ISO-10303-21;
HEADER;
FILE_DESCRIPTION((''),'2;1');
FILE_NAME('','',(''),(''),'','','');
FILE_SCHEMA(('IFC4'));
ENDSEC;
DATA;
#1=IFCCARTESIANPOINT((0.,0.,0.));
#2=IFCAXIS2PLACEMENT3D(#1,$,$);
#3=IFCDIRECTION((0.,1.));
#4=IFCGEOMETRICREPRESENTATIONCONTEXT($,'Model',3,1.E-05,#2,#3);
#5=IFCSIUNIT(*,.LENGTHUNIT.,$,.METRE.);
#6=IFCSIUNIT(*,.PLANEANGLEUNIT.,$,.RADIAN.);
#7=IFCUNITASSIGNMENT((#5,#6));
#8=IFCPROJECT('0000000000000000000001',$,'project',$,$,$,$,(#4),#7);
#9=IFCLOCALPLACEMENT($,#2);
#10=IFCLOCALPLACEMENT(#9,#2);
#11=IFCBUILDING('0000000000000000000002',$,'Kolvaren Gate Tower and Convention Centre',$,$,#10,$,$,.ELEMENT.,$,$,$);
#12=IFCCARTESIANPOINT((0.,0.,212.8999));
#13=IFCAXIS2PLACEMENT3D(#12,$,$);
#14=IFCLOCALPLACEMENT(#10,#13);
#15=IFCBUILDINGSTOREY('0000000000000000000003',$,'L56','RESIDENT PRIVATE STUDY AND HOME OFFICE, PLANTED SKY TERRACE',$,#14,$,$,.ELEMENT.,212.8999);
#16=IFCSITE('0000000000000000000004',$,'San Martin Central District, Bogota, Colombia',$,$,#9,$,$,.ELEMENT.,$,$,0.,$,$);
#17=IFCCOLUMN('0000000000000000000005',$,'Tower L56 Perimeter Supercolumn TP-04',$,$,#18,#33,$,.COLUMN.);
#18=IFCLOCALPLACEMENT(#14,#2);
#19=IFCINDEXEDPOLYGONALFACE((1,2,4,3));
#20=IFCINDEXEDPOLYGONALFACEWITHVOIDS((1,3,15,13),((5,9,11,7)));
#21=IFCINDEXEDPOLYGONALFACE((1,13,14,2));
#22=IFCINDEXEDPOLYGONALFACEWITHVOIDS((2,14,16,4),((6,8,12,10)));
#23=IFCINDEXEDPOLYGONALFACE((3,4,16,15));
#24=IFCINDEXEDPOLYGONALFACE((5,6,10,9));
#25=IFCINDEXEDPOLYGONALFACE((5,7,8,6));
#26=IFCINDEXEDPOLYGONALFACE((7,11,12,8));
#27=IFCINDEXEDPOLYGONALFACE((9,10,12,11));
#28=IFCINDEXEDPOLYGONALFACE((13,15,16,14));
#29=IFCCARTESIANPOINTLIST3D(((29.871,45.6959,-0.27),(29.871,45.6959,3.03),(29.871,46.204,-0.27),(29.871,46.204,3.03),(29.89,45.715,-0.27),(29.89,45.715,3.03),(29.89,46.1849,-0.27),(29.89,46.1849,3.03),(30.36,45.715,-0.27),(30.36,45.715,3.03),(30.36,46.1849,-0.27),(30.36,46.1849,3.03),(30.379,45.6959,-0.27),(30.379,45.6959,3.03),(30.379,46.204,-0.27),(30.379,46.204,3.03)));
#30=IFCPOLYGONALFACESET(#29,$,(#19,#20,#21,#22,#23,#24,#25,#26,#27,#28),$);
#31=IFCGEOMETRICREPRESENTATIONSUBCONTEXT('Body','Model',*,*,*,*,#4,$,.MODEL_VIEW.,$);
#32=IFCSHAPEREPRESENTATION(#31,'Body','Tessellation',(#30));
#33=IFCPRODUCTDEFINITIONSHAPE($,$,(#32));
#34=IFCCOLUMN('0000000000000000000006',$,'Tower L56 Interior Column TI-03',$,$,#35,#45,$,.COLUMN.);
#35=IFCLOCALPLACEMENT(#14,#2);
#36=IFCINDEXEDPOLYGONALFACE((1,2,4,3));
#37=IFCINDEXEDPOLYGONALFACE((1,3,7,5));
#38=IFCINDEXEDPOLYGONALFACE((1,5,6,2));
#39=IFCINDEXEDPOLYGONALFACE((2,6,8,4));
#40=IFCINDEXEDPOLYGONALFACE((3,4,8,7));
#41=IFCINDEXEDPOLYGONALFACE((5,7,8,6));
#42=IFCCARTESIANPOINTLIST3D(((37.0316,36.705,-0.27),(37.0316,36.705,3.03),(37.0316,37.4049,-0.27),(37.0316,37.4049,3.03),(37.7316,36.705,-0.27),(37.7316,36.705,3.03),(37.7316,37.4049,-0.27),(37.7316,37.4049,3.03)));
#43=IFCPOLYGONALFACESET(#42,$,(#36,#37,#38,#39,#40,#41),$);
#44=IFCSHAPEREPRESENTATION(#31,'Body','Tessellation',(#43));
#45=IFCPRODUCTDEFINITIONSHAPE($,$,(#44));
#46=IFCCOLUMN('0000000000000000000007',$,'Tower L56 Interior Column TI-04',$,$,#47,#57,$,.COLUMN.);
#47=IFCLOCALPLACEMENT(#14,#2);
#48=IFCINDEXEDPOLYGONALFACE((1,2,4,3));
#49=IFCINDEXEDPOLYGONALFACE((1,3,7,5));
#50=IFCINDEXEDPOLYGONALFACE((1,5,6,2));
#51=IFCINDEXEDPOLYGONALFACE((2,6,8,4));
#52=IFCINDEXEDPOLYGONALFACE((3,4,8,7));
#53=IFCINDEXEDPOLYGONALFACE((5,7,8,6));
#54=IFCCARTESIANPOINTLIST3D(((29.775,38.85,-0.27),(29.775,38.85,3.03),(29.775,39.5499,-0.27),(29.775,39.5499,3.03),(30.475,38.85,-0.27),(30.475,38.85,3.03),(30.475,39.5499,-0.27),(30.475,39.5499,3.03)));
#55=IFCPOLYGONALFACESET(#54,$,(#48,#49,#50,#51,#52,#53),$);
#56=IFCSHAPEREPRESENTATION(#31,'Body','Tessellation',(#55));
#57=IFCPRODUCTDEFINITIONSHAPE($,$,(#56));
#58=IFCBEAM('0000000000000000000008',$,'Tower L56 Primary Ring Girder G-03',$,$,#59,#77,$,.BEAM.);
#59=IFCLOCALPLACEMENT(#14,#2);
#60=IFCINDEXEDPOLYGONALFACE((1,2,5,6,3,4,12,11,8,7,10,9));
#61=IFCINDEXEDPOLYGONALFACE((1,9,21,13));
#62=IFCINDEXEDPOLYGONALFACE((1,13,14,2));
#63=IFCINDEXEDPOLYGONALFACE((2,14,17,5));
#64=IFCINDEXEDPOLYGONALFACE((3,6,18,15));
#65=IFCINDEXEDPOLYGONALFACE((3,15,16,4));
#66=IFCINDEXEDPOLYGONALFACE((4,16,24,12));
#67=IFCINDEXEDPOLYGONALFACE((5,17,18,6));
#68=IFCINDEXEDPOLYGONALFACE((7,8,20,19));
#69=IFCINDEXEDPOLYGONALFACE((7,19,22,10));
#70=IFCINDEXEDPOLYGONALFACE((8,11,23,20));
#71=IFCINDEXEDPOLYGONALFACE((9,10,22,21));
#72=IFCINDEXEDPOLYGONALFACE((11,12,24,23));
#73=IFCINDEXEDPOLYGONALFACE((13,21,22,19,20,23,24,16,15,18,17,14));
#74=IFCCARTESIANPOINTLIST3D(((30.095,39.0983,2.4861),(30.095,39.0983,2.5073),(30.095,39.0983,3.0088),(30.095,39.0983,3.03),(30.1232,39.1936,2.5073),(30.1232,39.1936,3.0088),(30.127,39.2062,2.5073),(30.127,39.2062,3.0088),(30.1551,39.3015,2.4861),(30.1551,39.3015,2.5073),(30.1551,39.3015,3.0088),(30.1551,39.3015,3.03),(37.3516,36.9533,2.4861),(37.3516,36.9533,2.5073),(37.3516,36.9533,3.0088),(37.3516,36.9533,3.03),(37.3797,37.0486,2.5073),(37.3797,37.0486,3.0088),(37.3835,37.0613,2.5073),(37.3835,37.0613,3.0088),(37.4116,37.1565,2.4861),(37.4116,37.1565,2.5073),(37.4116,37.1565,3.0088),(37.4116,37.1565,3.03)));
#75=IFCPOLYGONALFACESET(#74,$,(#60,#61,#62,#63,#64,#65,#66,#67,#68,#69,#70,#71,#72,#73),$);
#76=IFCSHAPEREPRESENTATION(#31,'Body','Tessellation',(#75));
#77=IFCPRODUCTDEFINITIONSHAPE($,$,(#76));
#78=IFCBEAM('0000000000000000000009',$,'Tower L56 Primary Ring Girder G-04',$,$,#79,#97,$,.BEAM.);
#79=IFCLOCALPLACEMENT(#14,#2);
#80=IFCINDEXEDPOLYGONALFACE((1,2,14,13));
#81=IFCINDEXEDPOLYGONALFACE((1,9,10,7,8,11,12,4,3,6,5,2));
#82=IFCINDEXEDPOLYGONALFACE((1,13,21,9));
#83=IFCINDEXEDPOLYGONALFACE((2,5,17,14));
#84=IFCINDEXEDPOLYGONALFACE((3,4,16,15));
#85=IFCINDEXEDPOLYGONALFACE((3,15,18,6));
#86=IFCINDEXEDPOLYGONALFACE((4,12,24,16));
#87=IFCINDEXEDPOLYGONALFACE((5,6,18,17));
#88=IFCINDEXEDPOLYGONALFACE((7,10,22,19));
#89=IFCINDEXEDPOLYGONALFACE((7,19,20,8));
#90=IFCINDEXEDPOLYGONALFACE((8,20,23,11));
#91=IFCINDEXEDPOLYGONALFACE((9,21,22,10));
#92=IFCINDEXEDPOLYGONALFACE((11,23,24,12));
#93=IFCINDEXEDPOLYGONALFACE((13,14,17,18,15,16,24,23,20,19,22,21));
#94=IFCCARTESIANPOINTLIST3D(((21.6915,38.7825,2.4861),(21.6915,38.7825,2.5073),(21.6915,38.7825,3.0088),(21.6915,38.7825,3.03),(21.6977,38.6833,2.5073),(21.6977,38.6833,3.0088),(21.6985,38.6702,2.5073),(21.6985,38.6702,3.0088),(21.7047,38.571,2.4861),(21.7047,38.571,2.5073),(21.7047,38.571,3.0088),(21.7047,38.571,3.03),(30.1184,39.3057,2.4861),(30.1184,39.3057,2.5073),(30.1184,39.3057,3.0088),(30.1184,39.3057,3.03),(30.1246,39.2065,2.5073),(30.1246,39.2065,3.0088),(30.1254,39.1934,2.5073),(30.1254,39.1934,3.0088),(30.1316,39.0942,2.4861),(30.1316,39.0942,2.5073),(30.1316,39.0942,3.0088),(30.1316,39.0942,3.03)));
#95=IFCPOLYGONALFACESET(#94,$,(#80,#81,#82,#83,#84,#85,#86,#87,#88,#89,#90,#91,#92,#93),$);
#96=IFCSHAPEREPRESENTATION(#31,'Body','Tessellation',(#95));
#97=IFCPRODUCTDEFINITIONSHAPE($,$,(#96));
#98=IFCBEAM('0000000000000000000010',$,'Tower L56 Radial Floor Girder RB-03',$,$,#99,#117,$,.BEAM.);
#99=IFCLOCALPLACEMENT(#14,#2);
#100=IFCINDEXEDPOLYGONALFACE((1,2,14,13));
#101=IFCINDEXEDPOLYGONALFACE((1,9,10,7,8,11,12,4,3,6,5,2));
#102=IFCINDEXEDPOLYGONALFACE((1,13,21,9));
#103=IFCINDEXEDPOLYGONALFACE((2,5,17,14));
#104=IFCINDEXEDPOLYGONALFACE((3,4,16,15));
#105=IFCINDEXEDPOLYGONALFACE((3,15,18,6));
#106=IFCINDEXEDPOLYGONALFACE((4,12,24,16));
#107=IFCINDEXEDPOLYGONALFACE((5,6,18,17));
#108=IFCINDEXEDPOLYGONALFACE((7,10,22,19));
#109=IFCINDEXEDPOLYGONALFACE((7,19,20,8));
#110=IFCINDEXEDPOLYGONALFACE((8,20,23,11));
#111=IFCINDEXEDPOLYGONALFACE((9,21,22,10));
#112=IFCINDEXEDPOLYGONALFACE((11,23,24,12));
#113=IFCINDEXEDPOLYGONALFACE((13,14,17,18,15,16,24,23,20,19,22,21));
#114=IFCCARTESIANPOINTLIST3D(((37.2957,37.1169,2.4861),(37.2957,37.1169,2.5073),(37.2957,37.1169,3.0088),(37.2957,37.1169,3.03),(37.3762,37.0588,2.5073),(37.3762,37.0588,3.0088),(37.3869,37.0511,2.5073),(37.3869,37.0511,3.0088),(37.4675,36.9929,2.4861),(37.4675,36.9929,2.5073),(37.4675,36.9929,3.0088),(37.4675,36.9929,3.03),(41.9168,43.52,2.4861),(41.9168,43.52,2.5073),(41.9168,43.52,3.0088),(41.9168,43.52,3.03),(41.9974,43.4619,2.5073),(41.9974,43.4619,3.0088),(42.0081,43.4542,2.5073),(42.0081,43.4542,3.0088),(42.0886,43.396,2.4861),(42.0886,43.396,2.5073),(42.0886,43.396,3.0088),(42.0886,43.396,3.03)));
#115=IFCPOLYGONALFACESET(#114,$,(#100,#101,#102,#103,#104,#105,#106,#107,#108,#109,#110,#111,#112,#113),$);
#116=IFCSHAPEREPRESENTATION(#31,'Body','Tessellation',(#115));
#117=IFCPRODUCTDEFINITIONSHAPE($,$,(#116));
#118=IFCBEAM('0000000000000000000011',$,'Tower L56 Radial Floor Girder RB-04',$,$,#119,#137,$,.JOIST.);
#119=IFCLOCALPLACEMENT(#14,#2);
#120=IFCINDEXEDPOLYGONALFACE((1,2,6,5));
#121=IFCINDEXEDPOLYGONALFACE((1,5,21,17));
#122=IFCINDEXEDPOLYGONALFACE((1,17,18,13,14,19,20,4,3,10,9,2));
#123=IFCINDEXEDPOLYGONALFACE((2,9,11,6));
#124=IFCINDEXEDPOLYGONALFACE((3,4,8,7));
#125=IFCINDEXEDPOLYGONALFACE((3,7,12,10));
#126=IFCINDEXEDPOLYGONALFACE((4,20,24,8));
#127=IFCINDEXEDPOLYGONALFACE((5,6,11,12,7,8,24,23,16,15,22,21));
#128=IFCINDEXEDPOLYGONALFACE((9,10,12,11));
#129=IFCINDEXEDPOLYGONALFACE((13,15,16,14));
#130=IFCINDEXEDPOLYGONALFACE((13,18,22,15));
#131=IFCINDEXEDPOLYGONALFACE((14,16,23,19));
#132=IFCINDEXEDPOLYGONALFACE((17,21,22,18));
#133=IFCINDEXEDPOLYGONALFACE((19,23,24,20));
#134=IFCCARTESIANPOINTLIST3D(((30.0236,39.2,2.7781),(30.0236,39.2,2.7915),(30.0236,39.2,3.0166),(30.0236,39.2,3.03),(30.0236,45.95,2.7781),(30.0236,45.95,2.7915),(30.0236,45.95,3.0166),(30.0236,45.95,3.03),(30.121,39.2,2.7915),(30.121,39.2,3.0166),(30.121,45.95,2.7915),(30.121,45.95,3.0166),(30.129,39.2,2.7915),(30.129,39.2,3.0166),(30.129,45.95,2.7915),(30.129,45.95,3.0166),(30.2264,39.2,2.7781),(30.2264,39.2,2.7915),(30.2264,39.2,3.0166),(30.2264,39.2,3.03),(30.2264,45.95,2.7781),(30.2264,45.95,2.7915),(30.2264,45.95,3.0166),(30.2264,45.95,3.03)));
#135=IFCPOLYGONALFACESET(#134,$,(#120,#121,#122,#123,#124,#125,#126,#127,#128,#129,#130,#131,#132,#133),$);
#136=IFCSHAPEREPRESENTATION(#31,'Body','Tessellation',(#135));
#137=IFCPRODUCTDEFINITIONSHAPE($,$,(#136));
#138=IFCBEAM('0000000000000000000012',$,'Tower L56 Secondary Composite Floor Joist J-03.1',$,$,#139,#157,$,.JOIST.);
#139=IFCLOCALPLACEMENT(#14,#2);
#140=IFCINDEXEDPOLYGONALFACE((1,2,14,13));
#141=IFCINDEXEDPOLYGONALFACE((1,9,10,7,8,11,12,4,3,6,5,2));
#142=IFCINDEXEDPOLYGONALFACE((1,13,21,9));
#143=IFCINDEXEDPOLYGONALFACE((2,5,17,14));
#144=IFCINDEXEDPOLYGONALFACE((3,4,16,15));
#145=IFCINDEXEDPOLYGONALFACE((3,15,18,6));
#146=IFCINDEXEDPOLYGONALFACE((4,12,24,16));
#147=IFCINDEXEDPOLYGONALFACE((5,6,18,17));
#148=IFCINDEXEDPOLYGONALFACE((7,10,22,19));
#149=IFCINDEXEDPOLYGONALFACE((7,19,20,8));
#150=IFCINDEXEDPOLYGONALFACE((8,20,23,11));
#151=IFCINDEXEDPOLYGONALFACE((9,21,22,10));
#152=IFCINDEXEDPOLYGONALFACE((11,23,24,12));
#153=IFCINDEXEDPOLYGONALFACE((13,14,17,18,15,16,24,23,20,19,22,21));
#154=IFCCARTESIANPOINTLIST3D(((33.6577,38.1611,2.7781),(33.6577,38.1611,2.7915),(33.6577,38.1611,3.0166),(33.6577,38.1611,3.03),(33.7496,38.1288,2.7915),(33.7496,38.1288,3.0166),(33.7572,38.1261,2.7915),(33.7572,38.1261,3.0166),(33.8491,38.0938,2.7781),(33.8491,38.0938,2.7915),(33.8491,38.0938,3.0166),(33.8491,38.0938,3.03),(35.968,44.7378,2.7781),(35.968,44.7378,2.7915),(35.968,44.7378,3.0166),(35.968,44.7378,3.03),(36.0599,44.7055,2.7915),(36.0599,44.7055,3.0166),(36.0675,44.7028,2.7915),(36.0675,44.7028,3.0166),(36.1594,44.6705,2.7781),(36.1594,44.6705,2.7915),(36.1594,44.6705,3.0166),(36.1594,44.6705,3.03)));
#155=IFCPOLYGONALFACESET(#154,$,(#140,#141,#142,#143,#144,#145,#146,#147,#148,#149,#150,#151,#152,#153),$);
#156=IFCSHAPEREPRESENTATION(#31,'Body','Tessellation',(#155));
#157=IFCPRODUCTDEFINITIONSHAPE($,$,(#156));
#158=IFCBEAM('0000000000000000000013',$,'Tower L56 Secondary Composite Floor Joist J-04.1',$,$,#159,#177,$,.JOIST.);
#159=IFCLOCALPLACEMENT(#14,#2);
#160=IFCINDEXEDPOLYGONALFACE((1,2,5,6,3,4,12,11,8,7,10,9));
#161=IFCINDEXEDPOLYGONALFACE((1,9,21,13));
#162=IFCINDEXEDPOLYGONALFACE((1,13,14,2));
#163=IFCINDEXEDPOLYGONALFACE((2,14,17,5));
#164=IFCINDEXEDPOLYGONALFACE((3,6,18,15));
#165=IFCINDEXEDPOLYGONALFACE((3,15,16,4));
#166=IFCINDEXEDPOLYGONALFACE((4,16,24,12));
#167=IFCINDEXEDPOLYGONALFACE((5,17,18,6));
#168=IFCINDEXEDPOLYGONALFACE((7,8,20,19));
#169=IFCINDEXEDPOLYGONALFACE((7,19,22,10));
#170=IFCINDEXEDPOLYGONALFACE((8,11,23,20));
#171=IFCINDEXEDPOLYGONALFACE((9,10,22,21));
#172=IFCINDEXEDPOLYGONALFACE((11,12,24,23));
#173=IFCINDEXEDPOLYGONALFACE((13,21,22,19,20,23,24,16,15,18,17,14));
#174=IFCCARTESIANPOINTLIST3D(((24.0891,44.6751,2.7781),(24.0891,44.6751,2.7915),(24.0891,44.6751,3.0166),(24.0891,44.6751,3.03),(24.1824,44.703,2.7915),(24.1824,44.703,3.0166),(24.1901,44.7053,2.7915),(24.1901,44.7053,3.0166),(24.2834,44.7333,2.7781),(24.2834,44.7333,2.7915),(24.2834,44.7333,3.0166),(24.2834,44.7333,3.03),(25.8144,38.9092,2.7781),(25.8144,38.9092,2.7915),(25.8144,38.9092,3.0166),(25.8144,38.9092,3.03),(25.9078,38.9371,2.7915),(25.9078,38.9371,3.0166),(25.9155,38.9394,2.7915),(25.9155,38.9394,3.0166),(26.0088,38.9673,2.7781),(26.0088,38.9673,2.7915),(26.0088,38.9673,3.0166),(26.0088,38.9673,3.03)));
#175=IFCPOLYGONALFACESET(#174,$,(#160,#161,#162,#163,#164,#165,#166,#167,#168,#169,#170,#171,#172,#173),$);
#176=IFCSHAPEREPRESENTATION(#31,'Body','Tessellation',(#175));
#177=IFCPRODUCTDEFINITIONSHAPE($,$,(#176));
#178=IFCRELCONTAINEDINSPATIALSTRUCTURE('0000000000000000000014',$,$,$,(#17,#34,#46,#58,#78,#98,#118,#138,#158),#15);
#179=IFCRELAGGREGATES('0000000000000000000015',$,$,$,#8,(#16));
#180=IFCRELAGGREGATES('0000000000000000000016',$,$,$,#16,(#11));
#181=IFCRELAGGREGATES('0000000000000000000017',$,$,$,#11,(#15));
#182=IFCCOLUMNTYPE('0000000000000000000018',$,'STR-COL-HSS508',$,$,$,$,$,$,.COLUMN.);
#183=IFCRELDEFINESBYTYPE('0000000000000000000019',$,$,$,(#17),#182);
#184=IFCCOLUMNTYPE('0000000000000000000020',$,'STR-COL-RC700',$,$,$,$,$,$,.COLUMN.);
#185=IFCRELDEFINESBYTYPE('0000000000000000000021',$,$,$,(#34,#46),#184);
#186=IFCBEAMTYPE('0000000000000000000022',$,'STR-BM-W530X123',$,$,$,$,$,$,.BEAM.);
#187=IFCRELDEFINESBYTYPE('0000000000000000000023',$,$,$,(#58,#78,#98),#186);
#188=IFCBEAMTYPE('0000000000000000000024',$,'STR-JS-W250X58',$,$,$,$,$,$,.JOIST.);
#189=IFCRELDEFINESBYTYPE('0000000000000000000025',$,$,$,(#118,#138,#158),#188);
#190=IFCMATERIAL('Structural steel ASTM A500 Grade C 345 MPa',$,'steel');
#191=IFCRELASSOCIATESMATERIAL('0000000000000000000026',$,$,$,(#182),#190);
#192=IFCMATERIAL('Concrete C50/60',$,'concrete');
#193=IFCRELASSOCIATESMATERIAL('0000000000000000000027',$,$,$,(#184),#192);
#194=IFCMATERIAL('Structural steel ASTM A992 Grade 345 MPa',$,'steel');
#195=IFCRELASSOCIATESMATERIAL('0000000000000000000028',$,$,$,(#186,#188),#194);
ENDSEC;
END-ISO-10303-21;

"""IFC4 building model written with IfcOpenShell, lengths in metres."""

from ifc_helpers import new_model, si_unit, direction, frame, origin, origin_2d, place, context, subcontext, project, spatial, rectangle, hollow_rectangle, i_section, extrude, material, material_profile, profile_set, type_object, element, save


model = new_model("IFC4")

# Units and contexts
model_context = context("Model", 3, precision=1e-05, world=origin(), true_north=direction((0.0, 1.0)))
body_context = subcontext(model_context, "Body", "Model", "MODEL_VIEW")
ifc_project = project(units=[si_unit("LENGTHUNIT", "METRE"), si_unit("PLANEANGLEUNIT", "RADIAN")], contexts=[model_context])

# Site, building, storey
site_placement = place(None, origin())
site = spatial("IfcSite", under=ifc_project, at=site_placement, Name="San Martin Central District, Bogota, Colombia", CompositionType="ELEMENT", RefElevation=0.0)
building_placement = place(site_placement, origin())
building = spatial("IfcBuilding", under=site, at=building_placement, Name="Kolvaren Gate Tower and Convention Centre", CompositionType="ELEMENT")
storey_placement = place(building_placement, frame((0.0, 0.0, 212.8999)))
storey = spatial("IfcBuildingStorey", under=building, at=storey_placement, Name="L56", Description="RESIDENT PRIVATE STUDY AND HOME OFFICE, PLANTED SKY TERRACE", CompositionType="ELEMENT", Elevation=212.8999)

# Columns
ifc_material_1 = material(Name="Structural steel ASTM A500 Grade C 345 MPa", Category="steel")
ifc_material_profile_1 = material_profile(ifc_material_1, hollow_rectangle(XDim=0.5081, YDim=0.5081, WallThickness=0.019, at=origin_2d()), Name="HSS508X508X19.1")
ifc_profile_set_1 = profile_set([ifc_material_profile_1], Name="Structural steel ASTM A500 Grade C 345 MPa")
column_type_1 = type_object("IfcColumnType", Name="STR-COL-HSS508", PredefinedType="COLUMN", material=ifc_profile_set_1)
column_placement = place(storey_placement, frame((30.125, 45.95, -0.27), z_axis=(0.0, 0.0, 1.0), x_axis=(1.0, 0.0, 0.0)))
element("IfcColumn", 1, at=column_placement, inside=storey, type_object=column_type_1, Name="Tower L56 Perimeter Supercolumn TP-04", PredefinedType="COLUMN", context=body_context, shape_type="SweptSolid", body=[
    extrude(hollow_rectangle(XDim=0.5081, YDim=0.5081, WallThickness=0.019, at=origin_2d()), origin(), (0.0, 0.0, 1.0), 3.3),
])
ifc_material_2 = material(Name="Concrete C50/60", Category="concrete")
ifc_material_profile_2 = material_profile(ifc_material_2, rectangle(XDim=0.7, YDim=0.7, at=origin_2d()), Name="RC-COL-700X700")
ifc_profile_set_2 = profile_set([ifc_material_profile_2], Name="Concrete C50/60")
column_type_2 = type_object("IfcColumnType", Name="STR-COL-RC700", PredefinedType="COLUMN", material=ifc_profile_set_2)
for number, where, z_axis, x_axis, name in (
    (2, (37.3816, 37.0549, -0.27), (0.0, 0.0, 1.0), (1.0, 0.0, 0.0), "Tower L56 Interior Column TI-03"),
    (3, (30.125, 39.2, -0.27), (0.0, 0.0, 1.0), (1.0, 0.0, 0.0), "Tower L56 Interior Column TI-04"),
):
    element("IfcColumn", number, at=place(storey_placement, frame(where, z_axis=z_axis, x_axis=x_axis)), inside=storey, type_object=column_type_2, Name=name, PredefinedType="COLUMN", context=body_context, shape_type="SweptSolid", body=[
        extrude(rectangle(XDim=0.7, YDim=0.7, at=origin_2d()), origin(), (0.0, 0.0, 1.0), 3.3),
    ])

# Beams
ifc_material_3 = material(Name="Structural steel ASTM A992 Grade 345 MPa", Category="steel")
ifc_material_profile_3 = material_profile(ifc_material_3, i_section(OverallWidth=0.2119, OverallDepth=0.5439, WebThickness=0.0132, FlangeThickness=0.0212, at=origin_2d()), Name="W530X123")
ifc_profile_set_3 = profile_set([ifc_material_profile_3], Name="Structural steel ASTM A992 Grade 345 MPa")
beam_type_1 = type_object("IfcBeamType", Name="STR-BM-W530X123", PredefinedType="BEAM", material=ifc_profile_set_3)
beam_1_placement = place(storey_placement, frame((37.3816, 37.0549, 2.7581), z_axis=(-0.958981, 0.283471, 0.0), x_axis=(-0.283471, -0.958981, 0.0)))
element("IfcBeam", 4, at=beam_1_placement, inside=storey, type_object=beam_type_1, Name="Tower L56 Primary Ring Girder G-03", PredefinedType="BEAM", context=body_context, shape_type="SweptSolid", body=[
    extrude(i_section(OverallWidth=0.2119, OverallDepth=0.5439, WebThickness=0.0132, FlangeThickness=0.0212, at=origin_2d()), origin(), (0.0, 0.0, 1.0), 7.5669),
])
beam_2_placement = place(storey_placement, frame((30.125, 39.2, 2.7581), z_axis=(-0.998078, -0.061966, 0.0), x_axis=(0.061966, -0.998078, 0.0)))
element("IfcBeam", 5, at=beam_2_placement, inside=storey, type_object=beam_type_1, Name="Tower L56 Primary Ring Girder G-04", PredefinedType="BEAM", context=body_context, shape_type="SweptSolid", body=[
    extrude(i_section(OverallWidth=0.2119, OverallDepth=0.5439, WebThickness=0.0132, FlangeThickness=0.0212, at=origin_2d()), origin(), (0.0, 0.0, 1.0), 8.4431),
])
beam_3_placement = place(storey_placement, frame((37.3816, 37.0549, 2.7581), z_axis=(0.585212, 0.810881, 0.0), x_axis=(-0.810881, 0.585212, 0.0)))
element("IfcBeam", 6, at=beam_3_placement, inside=storey, type_object=beam_type_1, Name="Tower L56 Radial Floor Girder RB-03", PredefinedType="BEAM", context=body_context, shape_type="SweptSolid", body=[
    extrude(i_section(OverallWidth=0.2119, OverallDepth=0.5439, WebThickness=0.0132, FlangeThickness=0.0212, at=origin_2d()), origin(), (0.0, 0.0, 1.0), 7.8965),
])
ifc_material_profile_4 = material_profile(ifc_material_3, i_section(OverallWidth=0.2029, OverallDepth=0.252, WebThickness=0.0081, FlangeThickness=0.0134, at=origin_2d()), Name="W250X58")
ifc_profile_set_4 = profile_set([ifc_material_profile_4], Name="Structural steel ASTM A992 Grade 345 MPa")
beam_type_2 = type_object("IfcBeamType", Name="STR-JS-W250X58", PredefinedType="JOIST", material=ifc_profile_set_4)
beam_4_placement = place(storey_placement, frame((30.125, 39.2, 2.9041), z_axis=(0.0, 1.0, 0.0), x_axis=(-1.0, 0.0, 0.0)))
element("IfcBeam", 7, at=beam_4_placement, inside=storey, type_object=beam_type_2, Name="Tower L56 Radial Floor Girder RB-04", PredefinedType="JOIST", context=body_context, shape_type="SweptSolid", body=[
    extrude(i_section(OverallWidth=0.2029, OverallDepth=0.252, WebThickness=0.0081, FlangeThickness=0.0134, at=origin_2d()), origin(), (0.0, 0.0, 1.0), 6.75),
])
beam_5_placement = place(storey_placement, frame((33.7534, 38.1274, 2.9041), z_axis=(0.331433, 0.943479, 0.0), x_axis=(-0.943479, 0.331433, 0.0)))
element("IfcBeam", 8, at=beam_5_placement, inside=storey, type_object=beam_type_2, Name="Tower L56 Secondary Composite Floor Joist J-03.1", PredefinedType="JOIST", context=body_context, shape_type="SweptSolid", body=[
    extrude(i_section(OverallWidth=0.2029, OverallDepth=0.252, WebThickness=0.0081, FlangeThickness=0.0134, at=origin_2d()), origin(), (0.0, 0.0, 1.0), 6.9707),
])
beam_6_placement = place(storey_placement, frame((25.9116, 38.9382, 2.9041), z_axis=(-0.286674, 0.958028, 0.0), x_axis=(-0.958028, -0.286674, 0.0)))
element("IfcBeam", 9, at=beam_6_placement, inside=storey, type_object=beam_type_2, Name="Tower L56 Secondary Composite Floor Joist J-04.1", PredefinedType="JOIST", context=body_context, shape_type="SweptSolid", body=[
    extrude(i_section(OverallWidth=0.2029, OverallDepth=0.252, WebThickness=0.0081, FlangeThickness=0.0134, at=origin_2d()), origin(), (0.0, 0.0, 1.0), 6.0186),
])

save(model, "model.ifc")
